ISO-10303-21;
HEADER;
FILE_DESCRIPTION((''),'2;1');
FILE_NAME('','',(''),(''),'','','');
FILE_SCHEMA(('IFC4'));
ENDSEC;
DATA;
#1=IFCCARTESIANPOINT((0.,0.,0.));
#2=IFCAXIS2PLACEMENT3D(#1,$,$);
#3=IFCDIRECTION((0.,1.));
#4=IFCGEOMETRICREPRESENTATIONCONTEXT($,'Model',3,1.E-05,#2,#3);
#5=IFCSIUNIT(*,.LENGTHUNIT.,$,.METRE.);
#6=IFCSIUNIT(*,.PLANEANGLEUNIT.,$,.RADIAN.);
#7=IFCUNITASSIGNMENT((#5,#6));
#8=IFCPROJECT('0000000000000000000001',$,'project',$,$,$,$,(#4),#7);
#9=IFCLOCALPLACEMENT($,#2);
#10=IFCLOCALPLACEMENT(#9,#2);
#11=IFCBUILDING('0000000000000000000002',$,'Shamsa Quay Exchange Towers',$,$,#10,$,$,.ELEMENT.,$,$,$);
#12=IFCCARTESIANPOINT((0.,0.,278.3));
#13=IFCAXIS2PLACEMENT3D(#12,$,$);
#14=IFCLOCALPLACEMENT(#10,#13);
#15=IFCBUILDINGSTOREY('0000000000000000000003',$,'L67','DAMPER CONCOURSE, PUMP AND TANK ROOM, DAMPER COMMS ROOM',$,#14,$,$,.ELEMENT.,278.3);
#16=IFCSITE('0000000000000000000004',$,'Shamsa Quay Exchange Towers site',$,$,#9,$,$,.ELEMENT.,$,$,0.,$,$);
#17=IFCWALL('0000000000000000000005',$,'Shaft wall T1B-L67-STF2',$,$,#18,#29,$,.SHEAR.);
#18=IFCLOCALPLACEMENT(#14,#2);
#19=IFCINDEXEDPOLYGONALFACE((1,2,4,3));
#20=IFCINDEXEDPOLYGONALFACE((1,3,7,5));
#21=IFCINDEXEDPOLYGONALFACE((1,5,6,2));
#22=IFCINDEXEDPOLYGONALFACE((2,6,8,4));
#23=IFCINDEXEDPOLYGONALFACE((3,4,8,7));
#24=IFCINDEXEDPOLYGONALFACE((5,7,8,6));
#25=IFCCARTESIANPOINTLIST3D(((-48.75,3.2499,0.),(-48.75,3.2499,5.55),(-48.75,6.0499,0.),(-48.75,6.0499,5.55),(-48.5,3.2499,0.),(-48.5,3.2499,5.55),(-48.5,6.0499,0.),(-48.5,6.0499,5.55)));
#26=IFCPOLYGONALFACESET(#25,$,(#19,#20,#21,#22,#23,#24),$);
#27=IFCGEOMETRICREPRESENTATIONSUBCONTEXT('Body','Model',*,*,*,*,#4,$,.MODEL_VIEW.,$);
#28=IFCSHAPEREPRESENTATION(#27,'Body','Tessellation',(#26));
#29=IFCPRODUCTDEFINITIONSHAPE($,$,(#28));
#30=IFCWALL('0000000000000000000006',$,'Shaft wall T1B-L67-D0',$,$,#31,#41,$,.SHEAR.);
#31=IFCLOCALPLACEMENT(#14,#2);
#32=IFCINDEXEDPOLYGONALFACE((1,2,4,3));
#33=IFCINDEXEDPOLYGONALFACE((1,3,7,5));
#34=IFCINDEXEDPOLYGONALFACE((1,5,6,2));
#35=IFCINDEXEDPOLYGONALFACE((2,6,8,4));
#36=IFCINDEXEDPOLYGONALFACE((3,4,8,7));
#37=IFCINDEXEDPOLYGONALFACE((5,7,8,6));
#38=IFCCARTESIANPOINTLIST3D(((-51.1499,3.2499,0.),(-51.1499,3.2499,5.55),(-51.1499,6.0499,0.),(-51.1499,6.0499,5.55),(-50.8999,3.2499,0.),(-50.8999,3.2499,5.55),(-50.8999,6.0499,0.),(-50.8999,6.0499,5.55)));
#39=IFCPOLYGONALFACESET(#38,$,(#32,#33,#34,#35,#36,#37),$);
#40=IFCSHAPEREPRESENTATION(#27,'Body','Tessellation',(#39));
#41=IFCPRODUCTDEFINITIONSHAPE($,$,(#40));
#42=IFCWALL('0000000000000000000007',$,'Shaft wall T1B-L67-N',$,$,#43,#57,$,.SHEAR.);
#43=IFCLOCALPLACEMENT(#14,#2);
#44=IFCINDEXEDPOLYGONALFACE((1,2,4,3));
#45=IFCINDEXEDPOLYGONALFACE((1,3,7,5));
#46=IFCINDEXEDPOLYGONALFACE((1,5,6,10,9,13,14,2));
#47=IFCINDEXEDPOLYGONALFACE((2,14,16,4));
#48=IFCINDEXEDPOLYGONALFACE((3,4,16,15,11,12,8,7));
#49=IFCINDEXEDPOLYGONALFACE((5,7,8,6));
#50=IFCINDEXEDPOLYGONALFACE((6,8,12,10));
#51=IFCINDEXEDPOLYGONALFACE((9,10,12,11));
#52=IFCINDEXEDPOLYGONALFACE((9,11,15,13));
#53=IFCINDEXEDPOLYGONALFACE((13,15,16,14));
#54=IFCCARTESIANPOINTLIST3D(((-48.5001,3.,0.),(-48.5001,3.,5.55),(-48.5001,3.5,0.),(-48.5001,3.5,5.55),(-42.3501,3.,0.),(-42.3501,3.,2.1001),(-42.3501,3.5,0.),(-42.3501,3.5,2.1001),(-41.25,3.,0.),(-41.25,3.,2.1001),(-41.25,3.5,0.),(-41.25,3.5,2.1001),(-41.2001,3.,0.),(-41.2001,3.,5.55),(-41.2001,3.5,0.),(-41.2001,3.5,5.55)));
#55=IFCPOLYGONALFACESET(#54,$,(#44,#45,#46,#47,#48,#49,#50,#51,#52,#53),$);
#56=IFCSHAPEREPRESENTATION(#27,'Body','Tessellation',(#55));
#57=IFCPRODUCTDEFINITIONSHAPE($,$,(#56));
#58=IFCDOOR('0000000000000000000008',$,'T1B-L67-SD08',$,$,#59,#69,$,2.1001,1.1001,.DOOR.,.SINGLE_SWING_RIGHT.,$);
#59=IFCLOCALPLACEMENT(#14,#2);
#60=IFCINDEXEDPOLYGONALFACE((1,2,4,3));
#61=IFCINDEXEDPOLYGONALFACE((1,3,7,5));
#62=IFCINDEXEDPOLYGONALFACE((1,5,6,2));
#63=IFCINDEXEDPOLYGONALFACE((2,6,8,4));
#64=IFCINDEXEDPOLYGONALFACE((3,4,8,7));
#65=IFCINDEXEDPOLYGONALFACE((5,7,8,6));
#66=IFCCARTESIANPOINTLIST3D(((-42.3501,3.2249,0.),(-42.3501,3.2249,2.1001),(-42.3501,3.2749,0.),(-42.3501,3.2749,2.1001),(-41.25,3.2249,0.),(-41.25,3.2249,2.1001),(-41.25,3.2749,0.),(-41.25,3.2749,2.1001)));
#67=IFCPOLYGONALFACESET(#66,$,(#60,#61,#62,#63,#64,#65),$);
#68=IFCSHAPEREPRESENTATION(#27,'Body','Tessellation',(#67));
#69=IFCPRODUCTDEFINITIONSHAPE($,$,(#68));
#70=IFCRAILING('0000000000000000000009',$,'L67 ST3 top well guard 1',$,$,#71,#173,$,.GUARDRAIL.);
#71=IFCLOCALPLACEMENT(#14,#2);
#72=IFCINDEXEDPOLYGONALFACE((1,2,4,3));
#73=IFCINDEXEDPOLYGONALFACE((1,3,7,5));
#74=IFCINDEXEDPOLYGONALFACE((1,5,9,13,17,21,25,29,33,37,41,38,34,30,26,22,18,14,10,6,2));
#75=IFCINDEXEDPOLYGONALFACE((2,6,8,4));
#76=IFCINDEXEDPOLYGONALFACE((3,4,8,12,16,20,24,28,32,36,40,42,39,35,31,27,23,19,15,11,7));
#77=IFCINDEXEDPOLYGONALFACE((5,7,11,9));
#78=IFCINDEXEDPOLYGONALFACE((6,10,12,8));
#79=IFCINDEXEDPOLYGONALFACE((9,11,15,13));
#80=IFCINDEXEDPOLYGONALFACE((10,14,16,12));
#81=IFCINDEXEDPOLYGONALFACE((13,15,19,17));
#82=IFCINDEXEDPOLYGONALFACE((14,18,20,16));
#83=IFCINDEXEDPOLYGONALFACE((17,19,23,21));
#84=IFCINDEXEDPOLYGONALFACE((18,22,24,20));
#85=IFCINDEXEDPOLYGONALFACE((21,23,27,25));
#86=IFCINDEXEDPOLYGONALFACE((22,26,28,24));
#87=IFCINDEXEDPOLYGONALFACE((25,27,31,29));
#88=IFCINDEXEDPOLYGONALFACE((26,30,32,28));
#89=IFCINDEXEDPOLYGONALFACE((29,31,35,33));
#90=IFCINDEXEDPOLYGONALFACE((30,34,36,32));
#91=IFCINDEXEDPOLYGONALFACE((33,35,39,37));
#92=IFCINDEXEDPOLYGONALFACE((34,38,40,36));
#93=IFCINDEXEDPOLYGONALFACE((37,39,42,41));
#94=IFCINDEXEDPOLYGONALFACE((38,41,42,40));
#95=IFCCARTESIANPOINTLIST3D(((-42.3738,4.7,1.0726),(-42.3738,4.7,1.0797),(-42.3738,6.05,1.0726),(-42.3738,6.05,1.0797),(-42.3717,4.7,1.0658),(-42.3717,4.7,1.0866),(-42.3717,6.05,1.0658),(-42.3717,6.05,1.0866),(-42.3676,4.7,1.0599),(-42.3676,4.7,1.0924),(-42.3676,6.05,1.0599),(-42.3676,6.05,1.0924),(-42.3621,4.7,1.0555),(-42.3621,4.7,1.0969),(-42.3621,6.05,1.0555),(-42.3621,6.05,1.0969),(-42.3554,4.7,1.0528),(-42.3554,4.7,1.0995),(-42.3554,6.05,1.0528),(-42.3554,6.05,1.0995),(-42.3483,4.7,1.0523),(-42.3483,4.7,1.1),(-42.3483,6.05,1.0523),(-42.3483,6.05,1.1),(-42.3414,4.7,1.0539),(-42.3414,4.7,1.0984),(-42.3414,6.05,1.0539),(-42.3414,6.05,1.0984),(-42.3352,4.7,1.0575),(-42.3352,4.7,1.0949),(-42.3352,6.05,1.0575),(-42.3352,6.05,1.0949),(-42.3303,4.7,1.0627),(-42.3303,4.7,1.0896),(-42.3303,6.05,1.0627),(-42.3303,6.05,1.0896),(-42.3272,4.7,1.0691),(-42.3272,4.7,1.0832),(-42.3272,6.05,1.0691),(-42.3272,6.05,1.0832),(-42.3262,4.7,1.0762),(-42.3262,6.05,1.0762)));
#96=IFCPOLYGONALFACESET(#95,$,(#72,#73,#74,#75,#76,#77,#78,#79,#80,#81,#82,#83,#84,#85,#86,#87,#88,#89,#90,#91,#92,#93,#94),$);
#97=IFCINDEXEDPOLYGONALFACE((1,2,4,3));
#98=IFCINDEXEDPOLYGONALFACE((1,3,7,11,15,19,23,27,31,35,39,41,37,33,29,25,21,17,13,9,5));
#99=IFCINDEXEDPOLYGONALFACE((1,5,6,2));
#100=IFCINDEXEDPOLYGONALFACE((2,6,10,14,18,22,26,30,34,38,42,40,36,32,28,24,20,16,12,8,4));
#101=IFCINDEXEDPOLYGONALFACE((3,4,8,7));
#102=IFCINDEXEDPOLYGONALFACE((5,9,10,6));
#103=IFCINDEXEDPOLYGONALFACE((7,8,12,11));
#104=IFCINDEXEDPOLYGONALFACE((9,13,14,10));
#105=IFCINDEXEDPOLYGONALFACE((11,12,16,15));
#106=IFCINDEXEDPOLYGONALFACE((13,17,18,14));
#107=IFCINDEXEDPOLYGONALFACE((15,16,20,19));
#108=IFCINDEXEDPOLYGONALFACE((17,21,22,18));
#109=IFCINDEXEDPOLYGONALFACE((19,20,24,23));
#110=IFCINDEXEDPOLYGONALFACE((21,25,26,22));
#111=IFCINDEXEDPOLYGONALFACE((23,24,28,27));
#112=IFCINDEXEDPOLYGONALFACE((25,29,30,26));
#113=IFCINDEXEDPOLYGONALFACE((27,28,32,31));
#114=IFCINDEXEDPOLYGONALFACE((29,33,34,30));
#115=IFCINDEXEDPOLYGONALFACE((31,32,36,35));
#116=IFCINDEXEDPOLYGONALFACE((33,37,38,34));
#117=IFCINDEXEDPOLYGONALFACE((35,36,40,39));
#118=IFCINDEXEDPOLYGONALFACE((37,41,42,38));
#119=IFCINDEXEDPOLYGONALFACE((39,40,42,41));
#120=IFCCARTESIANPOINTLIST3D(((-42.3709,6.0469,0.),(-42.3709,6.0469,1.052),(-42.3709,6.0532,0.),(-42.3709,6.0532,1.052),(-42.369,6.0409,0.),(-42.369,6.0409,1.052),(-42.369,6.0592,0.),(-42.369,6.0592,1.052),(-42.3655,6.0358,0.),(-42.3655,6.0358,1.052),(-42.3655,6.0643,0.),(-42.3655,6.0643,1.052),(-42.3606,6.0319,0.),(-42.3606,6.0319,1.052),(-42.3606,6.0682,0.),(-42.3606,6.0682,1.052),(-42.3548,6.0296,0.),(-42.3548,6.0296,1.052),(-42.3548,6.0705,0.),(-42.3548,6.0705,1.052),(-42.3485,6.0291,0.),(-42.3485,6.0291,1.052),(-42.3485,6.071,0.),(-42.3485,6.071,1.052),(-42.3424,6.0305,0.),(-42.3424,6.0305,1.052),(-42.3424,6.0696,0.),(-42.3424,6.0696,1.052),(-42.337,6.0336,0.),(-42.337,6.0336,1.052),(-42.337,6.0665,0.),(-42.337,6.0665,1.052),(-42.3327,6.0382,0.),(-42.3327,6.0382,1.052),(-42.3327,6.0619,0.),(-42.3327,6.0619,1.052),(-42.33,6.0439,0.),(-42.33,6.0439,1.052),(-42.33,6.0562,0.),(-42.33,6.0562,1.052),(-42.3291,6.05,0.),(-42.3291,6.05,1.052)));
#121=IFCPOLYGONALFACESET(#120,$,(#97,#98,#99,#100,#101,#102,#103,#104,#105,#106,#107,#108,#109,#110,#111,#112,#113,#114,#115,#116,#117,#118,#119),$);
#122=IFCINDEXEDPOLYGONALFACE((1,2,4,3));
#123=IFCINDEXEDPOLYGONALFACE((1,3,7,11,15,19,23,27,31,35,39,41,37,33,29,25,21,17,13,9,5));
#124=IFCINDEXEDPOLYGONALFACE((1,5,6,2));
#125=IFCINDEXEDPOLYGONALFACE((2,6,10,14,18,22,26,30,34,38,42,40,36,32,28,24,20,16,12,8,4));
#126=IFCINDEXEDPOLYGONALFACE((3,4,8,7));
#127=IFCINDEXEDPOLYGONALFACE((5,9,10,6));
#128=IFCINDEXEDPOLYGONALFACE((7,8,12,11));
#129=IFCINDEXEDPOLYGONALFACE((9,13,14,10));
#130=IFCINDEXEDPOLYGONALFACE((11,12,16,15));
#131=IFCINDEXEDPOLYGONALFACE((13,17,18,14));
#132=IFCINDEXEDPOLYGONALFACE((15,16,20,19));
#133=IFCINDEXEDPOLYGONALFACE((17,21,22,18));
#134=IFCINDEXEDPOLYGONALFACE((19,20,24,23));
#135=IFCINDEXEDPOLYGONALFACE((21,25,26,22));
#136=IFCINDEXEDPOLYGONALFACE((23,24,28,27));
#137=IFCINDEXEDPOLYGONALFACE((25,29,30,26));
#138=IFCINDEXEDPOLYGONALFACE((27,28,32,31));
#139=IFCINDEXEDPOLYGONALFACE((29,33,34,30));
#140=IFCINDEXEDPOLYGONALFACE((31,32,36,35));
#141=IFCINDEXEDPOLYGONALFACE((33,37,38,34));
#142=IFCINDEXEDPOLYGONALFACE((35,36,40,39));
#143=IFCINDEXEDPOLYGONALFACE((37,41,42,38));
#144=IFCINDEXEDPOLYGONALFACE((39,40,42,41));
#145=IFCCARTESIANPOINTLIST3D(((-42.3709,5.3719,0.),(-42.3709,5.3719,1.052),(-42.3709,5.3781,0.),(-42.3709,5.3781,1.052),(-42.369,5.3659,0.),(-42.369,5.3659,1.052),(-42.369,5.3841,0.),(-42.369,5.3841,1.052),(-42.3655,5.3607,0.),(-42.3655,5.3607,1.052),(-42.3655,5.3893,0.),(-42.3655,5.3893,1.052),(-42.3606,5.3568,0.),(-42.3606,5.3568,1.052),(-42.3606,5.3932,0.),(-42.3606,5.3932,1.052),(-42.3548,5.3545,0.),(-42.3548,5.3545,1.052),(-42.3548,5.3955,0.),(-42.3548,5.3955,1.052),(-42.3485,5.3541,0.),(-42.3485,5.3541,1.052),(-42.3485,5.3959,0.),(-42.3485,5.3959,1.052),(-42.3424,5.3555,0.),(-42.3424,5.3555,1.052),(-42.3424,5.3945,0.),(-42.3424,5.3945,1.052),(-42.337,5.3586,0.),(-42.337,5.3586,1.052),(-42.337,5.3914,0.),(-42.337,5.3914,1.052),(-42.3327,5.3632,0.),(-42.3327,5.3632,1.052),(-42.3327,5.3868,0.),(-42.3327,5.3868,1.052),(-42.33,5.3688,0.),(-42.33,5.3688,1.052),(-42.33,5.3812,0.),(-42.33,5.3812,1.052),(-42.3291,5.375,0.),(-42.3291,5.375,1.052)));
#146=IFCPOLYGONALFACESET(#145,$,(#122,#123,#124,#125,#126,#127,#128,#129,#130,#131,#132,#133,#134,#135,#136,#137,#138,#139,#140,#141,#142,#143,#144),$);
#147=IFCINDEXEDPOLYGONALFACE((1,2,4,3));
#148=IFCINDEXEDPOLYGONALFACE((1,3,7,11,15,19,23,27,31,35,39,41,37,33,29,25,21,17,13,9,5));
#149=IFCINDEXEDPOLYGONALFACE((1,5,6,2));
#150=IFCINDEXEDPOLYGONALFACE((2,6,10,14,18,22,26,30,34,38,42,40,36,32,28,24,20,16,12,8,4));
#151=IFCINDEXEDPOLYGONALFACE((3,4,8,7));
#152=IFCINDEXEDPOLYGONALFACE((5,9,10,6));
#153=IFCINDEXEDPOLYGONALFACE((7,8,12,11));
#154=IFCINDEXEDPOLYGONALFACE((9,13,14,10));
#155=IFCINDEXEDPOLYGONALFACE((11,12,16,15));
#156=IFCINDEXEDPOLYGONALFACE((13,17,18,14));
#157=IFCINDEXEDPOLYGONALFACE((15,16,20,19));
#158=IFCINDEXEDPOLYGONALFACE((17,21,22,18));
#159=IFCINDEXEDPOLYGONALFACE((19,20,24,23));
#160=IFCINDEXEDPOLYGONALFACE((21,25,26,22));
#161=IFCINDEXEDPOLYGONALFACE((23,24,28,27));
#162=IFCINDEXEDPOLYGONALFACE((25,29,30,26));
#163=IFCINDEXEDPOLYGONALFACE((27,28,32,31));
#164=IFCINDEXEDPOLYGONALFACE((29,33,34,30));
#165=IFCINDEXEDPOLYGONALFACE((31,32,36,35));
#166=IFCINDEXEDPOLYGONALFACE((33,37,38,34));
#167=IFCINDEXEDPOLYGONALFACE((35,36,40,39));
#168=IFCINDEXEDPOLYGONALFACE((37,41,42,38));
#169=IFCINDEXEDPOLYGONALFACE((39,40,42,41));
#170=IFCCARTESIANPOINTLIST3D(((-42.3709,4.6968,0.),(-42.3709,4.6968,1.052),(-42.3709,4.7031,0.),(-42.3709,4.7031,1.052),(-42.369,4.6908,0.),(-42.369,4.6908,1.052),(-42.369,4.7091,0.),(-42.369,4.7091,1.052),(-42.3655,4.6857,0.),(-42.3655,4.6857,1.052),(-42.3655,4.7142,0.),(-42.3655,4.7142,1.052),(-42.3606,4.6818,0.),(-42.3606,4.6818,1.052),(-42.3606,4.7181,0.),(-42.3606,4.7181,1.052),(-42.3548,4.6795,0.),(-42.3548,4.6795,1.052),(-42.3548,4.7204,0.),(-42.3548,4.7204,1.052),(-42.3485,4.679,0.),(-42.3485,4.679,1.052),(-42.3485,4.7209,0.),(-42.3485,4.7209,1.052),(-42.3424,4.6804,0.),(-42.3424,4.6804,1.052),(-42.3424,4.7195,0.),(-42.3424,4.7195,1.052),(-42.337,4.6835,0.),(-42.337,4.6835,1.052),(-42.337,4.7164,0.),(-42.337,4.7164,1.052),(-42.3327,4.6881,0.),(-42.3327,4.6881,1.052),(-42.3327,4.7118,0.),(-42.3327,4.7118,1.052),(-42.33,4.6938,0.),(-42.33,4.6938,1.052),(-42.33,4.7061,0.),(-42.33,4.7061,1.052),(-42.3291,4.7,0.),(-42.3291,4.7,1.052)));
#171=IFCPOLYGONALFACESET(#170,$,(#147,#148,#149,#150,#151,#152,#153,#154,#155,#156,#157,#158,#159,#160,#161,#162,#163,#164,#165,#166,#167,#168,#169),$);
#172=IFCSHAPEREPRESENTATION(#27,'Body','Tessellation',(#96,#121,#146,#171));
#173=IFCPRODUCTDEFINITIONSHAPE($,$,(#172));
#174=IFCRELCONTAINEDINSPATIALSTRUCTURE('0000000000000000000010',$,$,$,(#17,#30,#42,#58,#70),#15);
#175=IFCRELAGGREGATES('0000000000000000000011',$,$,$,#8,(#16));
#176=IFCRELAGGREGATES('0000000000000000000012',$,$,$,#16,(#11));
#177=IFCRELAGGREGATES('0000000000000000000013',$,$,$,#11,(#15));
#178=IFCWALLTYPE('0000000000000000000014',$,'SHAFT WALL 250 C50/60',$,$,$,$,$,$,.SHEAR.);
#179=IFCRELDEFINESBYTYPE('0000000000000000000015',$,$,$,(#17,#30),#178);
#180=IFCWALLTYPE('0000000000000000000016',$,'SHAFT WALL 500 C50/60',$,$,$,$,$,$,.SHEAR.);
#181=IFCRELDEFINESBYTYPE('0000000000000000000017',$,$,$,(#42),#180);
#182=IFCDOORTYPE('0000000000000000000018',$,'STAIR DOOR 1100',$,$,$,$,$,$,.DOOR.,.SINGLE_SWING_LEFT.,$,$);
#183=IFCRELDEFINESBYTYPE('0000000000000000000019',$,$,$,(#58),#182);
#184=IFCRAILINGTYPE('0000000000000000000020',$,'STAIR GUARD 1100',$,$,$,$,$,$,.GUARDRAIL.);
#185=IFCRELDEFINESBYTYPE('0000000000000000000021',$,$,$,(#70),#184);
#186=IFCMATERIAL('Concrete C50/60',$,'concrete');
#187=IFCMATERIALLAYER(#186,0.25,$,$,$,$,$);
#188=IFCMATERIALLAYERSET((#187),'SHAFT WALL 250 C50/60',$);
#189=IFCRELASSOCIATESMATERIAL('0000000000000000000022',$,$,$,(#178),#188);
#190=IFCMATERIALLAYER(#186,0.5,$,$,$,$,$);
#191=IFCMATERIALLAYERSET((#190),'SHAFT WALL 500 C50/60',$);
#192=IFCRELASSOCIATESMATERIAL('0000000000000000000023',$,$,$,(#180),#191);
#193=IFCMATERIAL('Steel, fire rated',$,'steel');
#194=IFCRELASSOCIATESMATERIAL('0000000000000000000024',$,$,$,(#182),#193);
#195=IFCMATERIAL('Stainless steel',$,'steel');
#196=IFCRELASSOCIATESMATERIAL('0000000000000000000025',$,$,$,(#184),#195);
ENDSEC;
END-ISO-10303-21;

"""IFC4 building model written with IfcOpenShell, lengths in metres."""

from ifc_helpers import new_model, si_unit, direction, frame, frame_2d, origin, origin_2d, place, context, subcontext, project, spatial, rectangle, circle, extrude, material, layer, layer_set, type_object, element, fill, save


model = new_model("IFC4")

# Units and contexts
model_context = context("Model", 3, precision=1e-05, world=origin(), true_north=direction((0.0, 1.0)))
body_context = subcontext(model_context, "Body", "Model", "MODEL_VIEW")
ifc_project = project(units=[si_unit("LENGTHUNIT", "METRE"), si_unit("PLANEANGLEUNIT", "RADIAN")], contexts=[model_context])

# Site, building, storey
site_placement = place(None, origin())
site = spatial("IfcSite", under=ifc_project, at=site_placement, Name="Shamsa Quay Exchange Towers site", CompositionType="ELEMENT", RefElevation=0.0)
building_placement = place(site_placement, origin())
building = spatial("IfcBuilding", under=site, at=building_placement, Name="Shamsa Quay Exchange Towers", CompositionType="ELEMENT")
storey_placement = place(building_placement, frame((0.0, 0.0, 278.3)))
storey = spatial("IfcBuildingStorey", under=building, at=storey_placement, Name="L67", Description="DAMPER CONCOURSE, PUMP AND TANK ROOM, DAMPER COMMS ROOM", CompositionType="ELEMENT", Elevation=278.3)

# Shared definitions
ifc_material_1 = material(Name="Concrete C50/60", Category="concrete")
ifc_layer_1 = layer(ifc_material_1, 0.25)
ifc_layer_set_1 = layer_set([ifc_layer_1], Name="SHAFT WALL 250 C50/60")
wall_type_1 = type_object("IfcWallType", Name="SHAFT WALL 250 C50/60", PredefinedType="SHEAR", material=ifc_layer_set_1)
ifc_material_2 = material(Name="Steel, fire rated", Category="steel")

# Walls
for number, where, z_axis, x_axis, name in (
    (1, (-48.625, 3.25, 0.0), (0.0, 0.0, 1.0), (0.0, 1.0, 0.0), "Shaft wall T1B-L67-STF2"),
    (2, (-51.0249, 3.25, 0.0), (0.0, 0.0, 1.0), (0.0, 1.0, 0.0), "Shaft wall T1B-L67-D0"),
):
    element("IfcWall", number, at=place(storey_placement, frame(where, z_axis=z_axis, x_axis=x_axis)), inside=storey, type_object=wall_type_1, Name=name, PredefinedType="SHEAR", context=body_context, shape_type="SweptSolid", body=[
        extrude(rectangle(XDim=2.8, YDim=0.25, at=frame_2d((1.3999, 0.0))), origin(), (0.0, 0.0, 1.0), 5.55),
    ])

# Wall, opening, door
ifc_layer_2 = layer(ifc_material_1, 0.5)
ifc_layer_set_2 = layer_set([ifc_layer_2], Name="SHAFT WALL 500 C50/60")
wall_type_2 = type_object("IfcWallType", Name="SHAFT WALL 500 C50/60", PredefinedType="SHEAR", material=ifc_layer_set_2)
wall_1_placement = place(storey_placement, frame((-48.5, 3.25, 0.0)))
wall_1 = element("IfcWall", 3, at=wall_1_placement, inside=storey, type_object=wall_type_2, Name="Shaft wall T1B-L67-N", PredefinedType="SHEAR", context=body_context, shape_type="SweptSolid", body=[
    extrude(rectangle(XDim=7.3, YDim=0.5, at=frame_2d((3.6499, 0.0))), origin(), (0.0, 0.0, 1.0), 5.55),
])
opening_1_placement = place(wall_1_placement, frame((6.1499, 0.0, 0.0)))
opening_1 = element("IfcOpeningElement", 4, at=opening_1_placement, cuts=wall_1, PredefinedType="OPENING", context=body_context, shape_type="SweptSolid", body=[
    extrude(rectangle(XDim=1.1001, YDim=2.1001, at=frame_2d((0.55, 1.05))), frame((0.0, 0.26, 0.0), z_axis=(0.0, -1.0, 0.0), x_axis=(1.0, 0.0, 0.0)), (0.0, 0.0, 1.0), 0.52),
])
door_type_1 = type_object("IfcDoorType", Name="STAIR DOOR 1100", OperationType="SINGLE_SWING_LEFT", PredefinedType="DOOR", material=ifc_material_2)
door_1_placement = place(opening_1_placement, origin())
door_1 = element("IfcDoor", 5, at=door_1_placement, inside=storey, type_object=door_type_1, Name="T1B-L67-SD08", OperationType="SINGLE_SWING_RIGHT", OverallHeight=2.1001, OverallWidth=1.1001, PredefinedType="DOOR", context=body_context, shape_type="SweptSolid", body=[
    extrude(rectangle(XDim=1.1001, YDim=2.1001, at=frame_2d((0.55, 1.05))), frame((0.0, 0.0249, 0.0), z_axis=(0.0, -1.0, 0.0), x_axis=(1.0, 0.0, 0.0)), (0.0, 0.0, 1.0), 0.05),
])
fill(opening_1, door_1)

# Railing
ifc_material_3 = material(Name="Stainless steel", Category="steel")
railing_type = type_object("IfcRailingType", Name="STAIR GUARD 1100", PredefinedType="GUARDRAIL", material=ifc_material_3)
railing_placement = place(storey_placement, frame((-42.3501, 6.05, 0.0)))
element("IfcRailing", 6, at=railing_placement, inside=storey, type_object=railing_type, Name="L67 ST3 top well guard 1", PredefinedType="GUARDRAIL", context=body_context, shape_type="SweptSolid", body=[
    extrude(circle(Radius=0.0239, at=origin_2d()), frame((0.0, 0.0, 1.0762), z_axis=(0.0, -1.0, 0.0), x_axis=(1.0, 0.0, 0.0)), (0.0, 0.0, 1.0), 1.3501),
    extrude(circle(Radius=0.021, at=origin_2d()), origin(), (0.0, 0.0, 1.0), 1.052),
    extrude(circle(Radius=0.021, at=origin_2d()), frame((0.0, -0.675, 0.0)), (0.0, 0.0, 1.0), 1.052),
    extrude(circle(Radius=0.021, at=origin_2d()), frame((0.0, -1.3501, 0.0)), (0.0, 0.0, 1.0), 1.052),
])

save(model, "model.ifc")
